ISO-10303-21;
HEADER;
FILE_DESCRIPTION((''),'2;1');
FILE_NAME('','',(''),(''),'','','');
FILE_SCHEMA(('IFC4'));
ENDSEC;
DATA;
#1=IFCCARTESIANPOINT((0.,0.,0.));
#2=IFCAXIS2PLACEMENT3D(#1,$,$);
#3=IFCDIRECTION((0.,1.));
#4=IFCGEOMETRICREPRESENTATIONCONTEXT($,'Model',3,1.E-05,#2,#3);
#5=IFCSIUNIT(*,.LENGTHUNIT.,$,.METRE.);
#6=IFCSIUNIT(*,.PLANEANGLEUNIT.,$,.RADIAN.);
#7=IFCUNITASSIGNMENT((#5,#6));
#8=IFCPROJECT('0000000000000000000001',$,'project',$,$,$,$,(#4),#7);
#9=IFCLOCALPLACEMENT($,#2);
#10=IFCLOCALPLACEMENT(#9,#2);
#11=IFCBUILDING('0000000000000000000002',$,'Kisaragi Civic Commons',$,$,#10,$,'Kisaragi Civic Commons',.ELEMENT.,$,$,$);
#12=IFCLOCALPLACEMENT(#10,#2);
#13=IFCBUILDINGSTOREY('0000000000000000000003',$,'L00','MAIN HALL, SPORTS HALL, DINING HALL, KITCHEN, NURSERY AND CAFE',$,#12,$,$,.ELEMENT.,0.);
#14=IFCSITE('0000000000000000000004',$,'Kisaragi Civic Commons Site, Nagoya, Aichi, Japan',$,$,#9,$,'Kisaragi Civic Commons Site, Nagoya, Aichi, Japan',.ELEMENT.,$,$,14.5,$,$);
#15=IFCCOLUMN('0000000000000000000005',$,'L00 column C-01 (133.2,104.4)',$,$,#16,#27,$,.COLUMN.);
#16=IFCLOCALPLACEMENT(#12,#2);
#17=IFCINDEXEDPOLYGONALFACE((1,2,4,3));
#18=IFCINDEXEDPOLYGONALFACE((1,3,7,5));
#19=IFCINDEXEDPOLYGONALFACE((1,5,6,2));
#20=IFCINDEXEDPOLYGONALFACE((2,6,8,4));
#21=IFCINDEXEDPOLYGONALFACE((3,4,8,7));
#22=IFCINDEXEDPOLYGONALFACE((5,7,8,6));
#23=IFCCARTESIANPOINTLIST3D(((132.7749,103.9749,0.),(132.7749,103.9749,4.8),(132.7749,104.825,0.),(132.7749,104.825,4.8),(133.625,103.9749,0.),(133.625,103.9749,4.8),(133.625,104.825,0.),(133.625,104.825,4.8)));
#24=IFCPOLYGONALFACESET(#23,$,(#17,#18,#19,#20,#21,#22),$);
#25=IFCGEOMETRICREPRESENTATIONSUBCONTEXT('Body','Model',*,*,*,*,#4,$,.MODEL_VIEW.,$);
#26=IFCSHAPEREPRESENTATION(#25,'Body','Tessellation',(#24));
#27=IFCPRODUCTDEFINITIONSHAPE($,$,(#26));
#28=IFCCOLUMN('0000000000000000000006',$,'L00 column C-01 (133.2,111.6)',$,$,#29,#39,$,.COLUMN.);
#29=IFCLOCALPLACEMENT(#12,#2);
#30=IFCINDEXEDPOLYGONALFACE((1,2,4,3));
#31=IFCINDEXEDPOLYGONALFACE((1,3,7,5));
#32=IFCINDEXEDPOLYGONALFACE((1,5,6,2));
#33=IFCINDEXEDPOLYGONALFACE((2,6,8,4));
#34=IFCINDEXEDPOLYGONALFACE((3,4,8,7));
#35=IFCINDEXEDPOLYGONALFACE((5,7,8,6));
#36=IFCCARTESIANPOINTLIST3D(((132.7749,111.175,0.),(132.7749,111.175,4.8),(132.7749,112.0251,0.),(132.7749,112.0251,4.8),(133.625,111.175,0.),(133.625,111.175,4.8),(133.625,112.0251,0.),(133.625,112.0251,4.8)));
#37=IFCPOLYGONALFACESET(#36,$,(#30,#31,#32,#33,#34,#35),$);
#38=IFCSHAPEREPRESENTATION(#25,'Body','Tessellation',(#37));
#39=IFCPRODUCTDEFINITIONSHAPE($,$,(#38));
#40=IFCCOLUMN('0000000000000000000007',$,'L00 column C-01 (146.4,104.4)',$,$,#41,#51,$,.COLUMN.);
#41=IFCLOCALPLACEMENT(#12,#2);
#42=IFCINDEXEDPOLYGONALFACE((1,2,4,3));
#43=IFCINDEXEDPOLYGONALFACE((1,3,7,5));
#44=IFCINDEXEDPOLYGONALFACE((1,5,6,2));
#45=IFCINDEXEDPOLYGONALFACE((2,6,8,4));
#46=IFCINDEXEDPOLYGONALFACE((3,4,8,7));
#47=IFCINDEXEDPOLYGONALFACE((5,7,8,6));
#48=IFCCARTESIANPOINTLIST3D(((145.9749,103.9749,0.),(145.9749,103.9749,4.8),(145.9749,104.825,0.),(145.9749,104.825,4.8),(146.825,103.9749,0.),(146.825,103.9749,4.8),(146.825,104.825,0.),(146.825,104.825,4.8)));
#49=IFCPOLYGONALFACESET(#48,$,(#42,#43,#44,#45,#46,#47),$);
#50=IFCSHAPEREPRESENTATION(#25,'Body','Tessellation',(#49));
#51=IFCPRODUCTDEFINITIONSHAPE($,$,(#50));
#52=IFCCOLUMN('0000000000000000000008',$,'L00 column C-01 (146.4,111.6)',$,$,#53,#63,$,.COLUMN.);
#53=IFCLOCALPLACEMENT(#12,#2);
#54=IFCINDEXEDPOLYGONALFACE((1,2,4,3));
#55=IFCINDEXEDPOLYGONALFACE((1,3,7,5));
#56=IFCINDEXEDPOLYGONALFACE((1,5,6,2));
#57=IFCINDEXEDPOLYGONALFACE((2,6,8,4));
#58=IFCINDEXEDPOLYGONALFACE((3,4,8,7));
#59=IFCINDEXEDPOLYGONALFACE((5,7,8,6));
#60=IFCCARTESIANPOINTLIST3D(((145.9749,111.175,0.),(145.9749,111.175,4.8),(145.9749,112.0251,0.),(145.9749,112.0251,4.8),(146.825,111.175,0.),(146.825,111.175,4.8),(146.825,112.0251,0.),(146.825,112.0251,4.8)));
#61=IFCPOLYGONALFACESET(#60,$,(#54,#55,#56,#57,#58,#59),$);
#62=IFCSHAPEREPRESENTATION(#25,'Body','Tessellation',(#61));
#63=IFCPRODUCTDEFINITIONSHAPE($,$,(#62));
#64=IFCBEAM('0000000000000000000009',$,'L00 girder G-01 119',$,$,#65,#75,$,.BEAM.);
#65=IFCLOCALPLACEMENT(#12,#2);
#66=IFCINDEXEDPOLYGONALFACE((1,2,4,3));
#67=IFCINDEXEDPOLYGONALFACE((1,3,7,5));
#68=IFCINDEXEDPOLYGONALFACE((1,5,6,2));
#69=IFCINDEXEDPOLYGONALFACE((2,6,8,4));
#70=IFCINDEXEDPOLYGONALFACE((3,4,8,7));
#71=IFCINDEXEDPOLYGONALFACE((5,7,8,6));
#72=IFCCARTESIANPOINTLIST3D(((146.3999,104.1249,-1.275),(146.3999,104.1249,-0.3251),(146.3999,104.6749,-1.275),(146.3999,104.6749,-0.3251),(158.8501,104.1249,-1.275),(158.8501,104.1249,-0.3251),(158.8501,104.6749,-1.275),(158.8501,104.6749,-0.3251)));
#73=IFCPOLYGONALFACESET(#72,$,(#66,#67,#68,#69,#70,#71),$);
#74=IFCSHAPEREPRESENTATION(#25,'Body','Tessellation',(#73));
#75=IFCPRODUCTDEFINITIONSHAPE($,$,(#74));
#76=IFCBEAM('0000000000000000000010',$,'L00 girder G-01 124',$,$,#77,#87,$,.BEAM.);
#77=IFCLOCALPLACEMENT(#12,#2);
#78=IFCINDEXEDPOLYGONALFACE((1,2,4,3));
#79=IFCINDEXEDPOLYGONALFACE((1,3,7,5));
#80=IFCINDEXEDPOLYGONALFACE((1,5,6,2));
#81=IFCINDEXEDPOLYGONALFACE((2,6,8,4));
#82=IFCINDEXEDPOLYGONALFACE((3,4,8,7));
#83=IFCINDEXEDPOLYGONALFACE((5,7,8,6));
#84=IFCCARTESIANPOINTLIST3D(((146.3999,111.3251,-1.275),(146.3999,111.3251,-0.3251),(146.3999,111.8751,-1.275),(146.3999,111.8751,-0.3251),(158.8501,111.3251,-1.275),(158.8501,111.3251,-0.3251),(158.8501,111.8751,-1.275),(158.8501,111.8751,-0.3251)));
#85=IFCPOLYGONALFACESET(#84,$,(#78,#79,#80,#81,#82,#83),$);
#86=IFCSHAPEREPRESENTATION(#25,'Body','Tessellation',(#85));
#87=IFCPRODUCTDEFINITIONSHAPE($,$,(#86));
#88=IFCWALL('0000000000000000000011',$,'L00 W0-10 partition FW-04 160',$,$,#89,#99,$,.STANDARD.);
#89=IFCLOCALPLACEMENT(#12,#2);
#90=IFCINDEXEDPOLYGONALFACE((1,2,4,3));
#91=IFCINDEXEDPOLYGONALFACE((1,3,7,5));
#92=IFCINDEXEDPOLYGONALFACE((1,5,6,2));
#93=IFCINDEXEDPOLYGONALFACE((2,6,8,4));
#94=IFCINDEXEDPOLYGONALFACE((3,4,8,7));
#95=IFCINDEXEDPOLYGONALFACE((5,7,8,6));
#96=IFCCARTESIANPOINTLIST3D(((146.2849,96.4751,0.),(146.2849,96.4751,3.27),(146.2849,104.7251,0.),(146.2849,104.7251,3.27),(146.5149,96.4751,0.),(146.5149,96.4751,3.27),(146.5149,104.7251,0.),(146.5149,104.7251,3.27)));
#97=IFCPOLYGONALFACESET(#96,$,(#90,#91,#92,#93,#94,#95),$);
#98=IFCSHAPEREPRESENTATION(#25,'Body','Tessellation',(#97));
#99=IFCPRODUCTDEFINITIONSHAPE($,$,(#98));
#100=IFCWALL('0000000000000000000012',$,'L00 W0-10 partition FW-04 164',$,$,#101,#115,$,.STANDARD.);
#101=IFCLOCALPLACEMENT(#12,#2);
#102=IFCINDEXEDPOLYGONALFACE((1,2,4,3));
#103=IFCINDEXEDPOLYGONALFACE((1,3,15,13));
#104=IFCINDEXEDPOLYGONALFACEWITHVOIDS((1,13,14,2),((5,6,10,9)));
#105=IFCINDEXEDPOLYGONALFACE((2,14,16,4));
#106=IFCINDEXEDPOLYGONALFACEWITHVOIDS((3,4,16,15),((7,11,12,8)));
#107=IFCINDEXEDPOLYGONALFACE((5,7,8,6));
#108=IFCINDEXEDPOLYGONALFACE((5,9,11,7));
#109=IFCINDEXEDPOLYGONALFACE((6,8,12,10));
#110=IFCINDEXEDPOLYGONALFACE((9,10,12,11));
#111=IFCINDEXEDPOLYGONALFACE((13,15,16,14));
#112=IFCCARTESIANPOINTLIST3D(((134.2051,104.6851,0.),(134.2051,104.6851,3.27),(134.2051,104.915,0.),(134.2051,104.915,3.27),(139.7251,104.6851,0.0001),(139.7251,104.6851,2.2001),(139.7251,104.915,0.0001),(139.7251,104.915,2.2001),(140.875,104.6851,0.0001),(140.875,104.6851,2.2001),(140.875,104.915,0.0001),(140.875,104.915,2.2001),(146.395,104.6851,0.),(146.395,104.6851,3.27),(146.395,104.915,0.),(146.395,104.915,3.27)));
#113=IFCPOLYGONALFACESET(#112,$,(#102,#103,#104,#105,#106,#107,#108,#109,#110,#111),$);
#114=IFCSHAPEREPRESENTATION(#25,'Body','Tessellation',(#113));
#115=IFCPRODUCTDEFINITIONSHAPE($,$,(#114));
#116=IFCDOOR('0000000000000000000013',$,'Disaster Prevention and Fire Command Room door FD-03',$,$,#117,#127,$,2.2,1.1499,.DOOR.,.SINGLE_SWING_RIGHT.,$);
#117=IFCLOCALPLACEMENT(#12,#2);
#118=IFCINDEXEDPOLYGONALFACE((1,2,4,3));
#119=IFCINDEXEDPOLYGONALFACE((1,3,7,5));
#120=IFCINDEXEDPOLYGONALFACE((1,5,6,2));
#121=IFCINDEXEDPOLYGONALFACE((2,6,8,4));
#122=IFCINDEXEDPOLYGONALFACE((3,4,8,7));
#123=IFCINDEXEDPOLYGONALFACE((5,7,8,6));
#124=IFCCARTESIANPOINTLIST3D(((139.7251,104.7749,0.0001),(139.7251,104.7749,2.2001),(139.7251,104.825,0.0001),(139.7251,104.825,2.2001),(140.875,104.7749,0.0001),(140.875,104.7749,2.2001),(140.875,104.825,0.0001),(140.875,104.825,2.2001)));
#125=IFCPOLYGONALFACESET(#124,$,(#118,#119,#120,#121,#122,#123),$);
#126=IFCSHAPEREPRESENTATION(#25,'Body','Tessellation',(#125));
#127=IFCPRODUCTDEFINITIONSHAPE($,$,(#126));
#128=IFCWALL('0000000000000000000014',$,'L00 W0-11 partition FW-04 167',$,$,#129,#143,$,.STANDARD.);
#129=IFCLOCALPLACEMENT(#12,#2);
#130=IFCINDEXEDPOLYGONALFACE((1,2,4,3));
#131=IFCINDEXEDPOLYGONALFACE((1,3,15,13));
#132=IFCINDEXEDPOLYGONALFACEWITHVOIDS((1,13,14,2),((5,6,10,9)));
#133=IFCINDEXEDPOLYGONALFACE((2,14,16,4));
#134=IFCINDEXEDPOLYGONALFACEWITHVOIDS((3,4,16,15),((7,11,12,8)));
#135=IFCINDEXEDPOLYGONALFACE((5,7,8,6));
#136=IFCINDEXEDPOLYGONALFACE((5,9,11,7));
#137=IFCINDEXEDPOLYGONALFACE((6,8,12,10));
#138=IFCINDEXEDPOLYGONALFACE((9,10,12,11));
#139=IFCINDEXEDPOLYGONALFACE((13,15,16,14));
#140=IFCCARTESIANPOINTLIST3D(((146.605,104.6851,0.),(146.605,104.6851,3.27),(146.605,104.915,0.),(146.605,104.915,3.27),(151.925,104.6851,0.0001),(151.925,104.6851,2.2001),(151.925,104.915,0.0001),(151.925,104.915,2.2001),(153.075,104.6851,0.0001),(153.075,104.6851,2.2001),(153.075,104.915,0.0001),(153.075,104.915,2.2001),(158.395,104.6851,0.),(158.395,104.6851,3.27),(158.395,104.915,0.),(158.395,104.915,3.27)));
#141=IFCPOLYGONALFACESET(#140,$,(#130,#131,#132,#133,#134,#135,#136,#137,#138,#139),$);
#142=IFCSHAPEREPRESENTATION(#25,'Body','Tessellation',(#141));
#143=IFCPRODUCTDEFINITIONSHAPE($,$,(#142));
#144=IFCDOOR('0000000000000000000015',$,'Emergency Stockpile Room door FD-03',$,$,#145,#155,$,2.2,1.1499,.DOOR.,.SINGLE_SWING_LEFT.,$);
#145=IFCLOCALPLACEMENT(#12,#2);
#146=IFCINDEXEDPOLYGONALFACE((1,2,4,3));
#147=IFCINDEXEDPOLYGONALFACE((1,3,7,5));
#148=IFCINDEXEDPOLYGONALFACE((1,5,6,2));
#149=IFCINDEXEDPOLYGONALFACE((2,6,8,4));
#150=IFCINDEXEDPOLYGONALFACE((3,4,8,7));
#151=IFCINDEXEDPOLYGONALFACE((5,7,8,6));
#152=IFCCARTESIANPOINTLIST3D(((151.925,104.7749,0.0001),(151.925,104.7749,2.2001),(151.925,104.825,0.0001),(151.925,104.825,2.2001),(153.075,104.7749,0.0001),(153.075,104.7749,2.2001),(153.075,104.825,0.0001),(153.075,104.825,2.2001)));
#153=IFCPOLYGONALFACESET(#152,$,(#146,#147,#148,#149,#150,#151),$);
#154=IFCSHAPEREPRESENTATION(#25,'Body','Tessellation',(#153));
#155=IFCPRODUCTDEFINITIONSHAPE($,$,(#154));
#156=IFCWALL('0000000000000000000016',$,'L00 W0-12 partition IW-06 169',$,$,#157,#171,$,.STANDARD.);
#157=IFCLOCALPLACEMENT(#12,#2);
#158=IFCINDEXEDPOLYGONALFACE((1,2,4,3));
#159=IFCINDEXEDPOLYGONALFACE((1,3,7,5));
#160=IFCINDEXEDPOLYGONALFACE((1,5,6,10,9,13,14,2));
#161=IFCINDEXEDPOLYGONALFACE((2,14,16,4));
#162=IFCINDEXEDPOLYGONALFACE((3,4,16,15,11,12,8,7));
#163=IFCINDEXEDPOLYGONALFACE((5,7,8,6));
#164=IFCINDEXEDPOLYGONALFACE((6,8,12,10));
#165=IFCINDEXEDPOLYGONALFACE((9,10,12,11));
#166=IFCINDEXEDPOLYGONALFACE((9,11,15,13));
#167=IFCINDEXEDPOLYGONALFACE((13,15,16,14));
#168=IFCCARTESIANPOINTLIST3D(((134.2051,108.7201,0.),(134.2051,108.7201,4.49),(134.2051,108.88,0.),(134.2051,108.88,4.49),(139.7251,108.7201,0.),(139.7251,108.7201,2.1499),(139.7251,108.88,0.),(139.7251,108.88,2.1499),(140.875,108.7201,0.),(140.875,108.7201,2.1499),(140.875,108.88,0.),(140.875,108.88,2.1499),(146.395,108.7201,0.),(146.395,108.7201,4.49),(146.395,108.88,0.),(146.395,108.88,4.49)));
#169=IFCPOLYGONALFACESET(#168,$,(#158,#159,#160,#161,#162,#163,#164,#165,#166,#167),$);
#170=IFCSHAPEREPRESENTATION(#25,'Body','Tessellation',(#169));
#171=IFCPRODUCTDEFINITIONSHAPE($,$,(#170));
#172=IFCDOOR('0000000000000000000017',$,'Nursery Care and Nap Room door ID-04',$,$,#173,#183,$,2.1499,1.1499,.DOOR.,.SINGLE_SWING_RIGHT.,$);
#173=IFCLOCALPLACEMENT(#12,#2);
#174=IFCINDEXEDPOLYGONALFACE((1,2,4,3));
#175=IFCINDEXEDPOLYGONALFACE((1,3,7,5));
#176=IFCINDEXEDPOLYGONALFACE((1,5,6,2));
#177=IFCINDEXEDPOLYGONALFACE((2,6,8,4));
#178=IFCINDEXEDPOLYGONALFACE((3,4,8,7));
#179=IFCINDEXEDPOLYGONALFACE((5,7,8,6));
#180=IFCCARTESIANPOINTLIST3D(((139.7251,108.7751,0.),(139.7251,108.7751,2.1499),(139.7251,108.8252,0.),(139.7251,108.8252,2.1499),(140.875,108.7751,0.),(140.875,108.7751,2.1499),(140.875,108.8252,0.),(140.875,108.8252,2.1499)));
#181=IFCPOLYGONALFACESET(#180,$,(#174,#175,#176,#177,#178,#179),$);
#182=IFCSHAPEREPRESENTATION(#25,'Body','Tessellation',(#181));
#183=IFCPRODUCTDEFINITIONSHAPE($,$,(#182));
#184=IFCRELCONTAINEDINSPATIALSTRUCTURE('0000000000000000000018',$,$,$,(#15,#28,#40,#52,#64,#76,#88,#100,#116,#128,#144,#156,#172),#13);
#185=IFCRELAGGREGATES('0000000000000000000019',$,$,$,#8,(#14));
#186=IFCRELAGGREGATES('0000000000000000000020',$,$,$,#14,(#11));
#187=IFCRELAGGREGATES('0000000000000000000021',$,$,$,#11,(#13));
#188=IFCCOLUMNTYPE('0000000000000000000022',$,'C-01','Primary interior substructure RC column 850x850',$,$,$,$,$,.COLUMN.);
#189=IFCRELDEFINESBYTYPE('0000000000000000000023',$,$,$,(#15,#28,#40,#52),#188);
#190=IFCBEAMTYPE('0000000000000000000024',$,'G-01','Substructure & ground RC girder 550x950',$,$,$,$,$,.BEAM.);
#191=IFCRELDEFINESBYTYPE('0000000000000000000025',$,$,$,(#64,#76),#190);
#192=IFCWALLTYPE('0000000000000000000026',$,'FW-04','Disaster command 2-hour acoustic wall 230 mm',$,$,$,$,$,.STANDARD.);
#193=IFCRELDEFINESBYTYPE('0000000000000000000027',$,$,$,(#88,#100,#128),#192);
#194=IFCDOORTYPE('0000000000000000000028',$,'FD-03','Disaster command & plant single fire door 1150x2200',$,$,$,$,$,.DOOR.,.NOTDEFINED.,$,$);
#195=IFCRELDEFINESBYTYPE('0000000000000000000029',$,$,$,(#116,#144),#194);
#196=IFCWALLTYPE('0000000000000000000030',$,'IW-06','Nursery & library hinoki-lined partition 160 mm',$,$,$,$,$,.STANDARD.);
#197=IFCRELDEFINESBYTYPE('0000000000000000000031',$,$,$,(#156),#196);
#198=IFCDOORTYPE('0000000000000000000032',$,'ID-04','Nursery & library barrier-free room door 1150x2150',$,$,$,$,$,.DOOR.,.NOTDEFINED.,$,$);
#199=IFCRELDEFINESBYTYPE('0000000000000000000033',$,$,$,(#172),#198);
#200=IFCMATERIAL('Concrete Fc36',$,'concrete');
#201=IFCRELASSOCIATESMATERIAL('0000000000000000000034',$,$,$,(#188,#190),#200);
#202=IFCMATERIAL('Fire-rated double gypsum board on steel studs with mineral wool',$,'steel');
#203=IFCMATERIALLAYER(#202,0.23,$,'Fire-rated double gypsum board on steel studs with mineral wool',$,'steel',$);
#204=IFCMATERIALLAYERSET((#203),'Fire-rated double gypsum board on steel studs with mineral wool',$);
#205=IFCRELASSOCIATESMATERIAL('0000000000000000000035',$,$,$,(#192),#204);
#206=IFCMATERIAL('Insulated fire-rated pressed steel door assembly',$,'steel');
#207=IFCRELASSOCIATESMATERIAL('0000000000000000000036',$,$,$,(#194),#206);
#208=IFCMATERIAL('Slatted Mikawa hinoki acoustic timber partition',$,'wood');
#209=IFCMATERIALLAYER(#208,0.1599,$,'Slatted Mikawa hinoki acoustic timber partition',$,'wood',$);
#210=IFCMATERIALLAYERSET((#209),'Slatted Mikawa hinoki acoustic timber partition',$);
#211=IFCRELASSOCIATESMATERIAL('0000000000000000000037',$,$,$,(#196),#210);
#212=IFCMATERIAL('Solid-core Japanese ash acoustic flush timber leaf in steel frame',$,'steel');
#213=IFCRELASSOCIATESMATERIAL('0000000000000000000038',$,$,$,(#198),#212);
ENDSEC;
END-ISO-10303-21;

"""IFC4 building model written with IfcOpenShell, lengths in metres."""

from ifc_helpers import new_model, si_unit, direction, frame, frame_2d, origin, origin_2d, place, context, subcontext, project, spatial, rectangle, extrude, material, layer, layer_set, material_profile, profile_set, type_object, element, fill, save


model = new_model("IFC4")

# Units and contexts
model_context = context("Model", 3, precision=1e-05, world=origin(), true_north=direction((0.0, 1.0)))
body_context = subcontext(model_context, "Body", "Model", "MODEL_VIEW")
ifc_project = project(units=[si_unit("LENGTHUNIT", "METRE"), si_unit("PLANEANGLEUNIT", "RADIAN")], contexts=[model_context])

# Site, building, storey
site_placement = place(None, origin())
site = spatial("IfcSite", under=ifc_project, at=site_placement, Name="Kisaragi Civic Commons Site, Nagoya, Aichi, Japan", LongName="Kisaragi Civic Commons Site, Nagoya, Aichi, Japan", CompositionType="ELEMENT", RefElevation=14.5)
building_placement = place(site_placement, origin())
building = spatial("IfcBuilding", under=site, at=building_placement, Name="Kisaragi Civic Commons", LongName="Kisaragi Civic Commons", CompositionType="ELEMENT")
storey_placement = place(building_placement, origin())
storey = spatial("IfcBuildingStorey", under=building, at=storey_placement, Name="L00", Description="MAIN HALL, SPORTS HALL, DINING HALL, KITCHEN, NURSERY AND CAFE", CompositionType="ELEMENT", Elevation=0.0)

# Columns
ifc_material_1 = material(Name="Concrete Fc36", Category="concrete")
ifc_material_profile_1 = material_profile(ifc_material_1, rectangle(XDim=0.8501, YDim=0.8501, at=origin_2d()), Name="RC-850x850", Category="concrete")
ifc_profile_set_1 = profile_set([ifc_material_profile_1], Name="Concrete Fc36")
column_type = type_object("IfcColumnType", Name="C-01", Description="Primary interior substructure RC column 850x850", PredefinedType="COLUMN", material=ifc_profile_set_1)
for number, where, z_axis, x_axis, name in (
    (1, (133.2, 104.3999, 0.0), (0.0, 0.0, 1.0), (1.0, 0.0, 0.0), "L00 column C-01 (133.2,104.4)"),
    (2, (133.2, 111.6001, 0.0), (0.0, 0.0, 1.0), (1.0, 0.0, 0.0), "L00 column C-01 (133.2,111.6)"),
    (3, (146.3999, 104.3999, 0.0), (0.0, 0.0, 1.0), (1.0, 0.0, 0.0), "L00 column C-01 (146.4,104.4)"),
    (4, (146.3999, 111.6001, 0.0), (0.0, 0.0, 1.0), (1.0, 0.0, 0.0), "L00 column C-01 (146.4,111.6)"),
):
    element("IfcColumn", number, at=place(storey_placement, frame(where, z_axis=z_axis, x_axis=x_axis)), inside=storey, type_object=column_type, Name=name, PredefinedType="COLUMN", context=body_context, shape_type="SweptSolid", body=[
        extrude(rectangle(XDim=0.8501, YDim=0.8501, at=origin_2d()), origin(), (0.0, 0.0, 1.0), 4.8),
    ])

# Beams
ifc_material_profile_2 = material_profile(ifc_material_1, rectangle(XDim=0.55, YDim=0.95, at=origin_2d()), Name="RC-550x950", Category="concrete")
ifc_profile_set_2 = profile_set([ifc_material_profile_2], Name="Concrete Fc36")
beam_type = type_object("IfcBeamType", Name="G-01", Description="Substructure & ground RC girder 550x950", PredefinedType="BEAM", material=ifc_profile_set_2)
for number, where, z_axis, x_axis, name in (
    (5, (146.3999, 104.3999, -0.8), (1.0, 0.0, 0.0), (0.0, 1.0, 0.0), "L00 girder G-01 119"),
    (6, (146.3999, 111.6001, -0.8), (1.0, 0.0, 0.0), (0.0, 1.0, 0.0), "L00 girder G-01 124"),
):
    element("IfcBeam", number, at=place(storey_placement, frame(where, z_axis=z_axis, x_axis=x_axis)), inside=storey, type_object=beam_type, Name=name, PredefinedType="BEAM", context=body_context, shape_type="SweptSolid", body=[
        extrude(rectangle(XDim=0.55, YDim=0.95, at=origin_2d()), origin(), (0.0, 0.0, 1.0), 12.4502),
    ])

# Wall
ifc_material_2 = material(Name="Fire-rated double gypsum board on steel studs with mineral wool", Category="steel")
ifc_layer_1 = layer(ifc_material_2, 0.23, Name="Fire-rated double gypsum board on steel studs with mineral wool", Category="steel")
ifc_layer_set_1 = layer_set([ifc_layer_1], Name="Fire-rated double gypsum board on steel studs with mineral wool")
wall_type_1 = type_object("IfcWallType", Name="FW-04", Description="Disaster command 2-hour acoustic wall 230 mm", PredefinedType="STANDARD", material=ifc_layer_set_1)
wall_1_placement = place(storey_placement, frame((146.3999, 104.7251, 0.0), z_axis=(0.0, 0.0, 1.0), x_axis=(0.0, -1.0, 0.0)))
element("IfcWall", 7, at=wall_1_placement, inside=storey, type_object=wall_type_1, Name="L00 W0-10 partition FW-04 160", PredefinedType="STANDARD", context=body_context, shape_type="SweptSolid", body=[
    extrude(rectangle(XDim=8.25, YDim=0.23, at=frame_2d((4.125, 0.0))), origin(), (0.0, 0.0, 1.0), 3.27),
])

# Walls, openings, doors
wall_2_placement = place(storey_placement, frame((134.2051, 104.8, 0.0), z_axis=(0.0, 0.0, 1.0), x_axis=(1.0, 0.0, 0.0)))
wall_2 = element("IfcWall", 8, at=wall_2_placement, inside=storey, type_object=wall_type_1, Name="L00 W0-10 partition FW-04 164", PredefinedType="STANDARD", context=body_context, shape_type="SweptSolid", body=[
    extrude(rectangle(XDim=12.1899, YDim=0.23, at=frame_2d((6.095, 0.0))), origin(), (0.0, 0.0, 1.0), 3.27),
])
opening_1_placement = place(wall_2_placement, frame((5.52, 0.0, 0.0)))
opening_1 = element("IfcOpeningElement", 9, at=opening_1_placement, cuts=wall_2, PredefinedType="OPENING", context=body_context, shape_type="SweptSolid", body=[
    extrude(rectangle(XDim=1.1499, YDim=2.2, at=frame_2d((0.575, 1.1001))), frame((0.0, 0.125, 0.0), z_axis=(0.0, -1.0, 0.0), x_axis=(1.0, 0.0, 0.0)), (0.0, 0.0, 1.0), 0.25),
])
ifc_material_3 = material(Name="Insulated fire-rated pressed steel door assembly", Category="steel")
door_type_1 = type_object("IfcDoorType", Name="FD-03", Description="Disaster command & plant single fire door 1150x2200", OperationType="NOTDEFINED", PredefinedType="DOOR", material=ifc_material_3)
door_1_placement = place(opening_1_placement, origin())
door_1 = element("IfcDoor", 10, at=door_1_placement, inside=storey, type_object=door_type_1, Name="Disaster Prevention and Fire Command Room door FD-03", OperationType="SINGLE_SWING_RIGHT", OverallHeight=2.2, OverallWidth=1.1499, PredefinedType="DOOR", context=body_context, shape_type="SweptSolid", body=[
    extrude(rectangle(XDim=1.1499, YDim=2.2, at=frame_2d((0.575, 1.1001))), frame((0.0, 0.0249, 0.0), z_axis=(0.0, -1.0, 0.0), x_axis=(1.0, 0.0, 0.0)), (0.0, 0.0, 1.0), 0.05),
])
fill(opening_1, door_1)
wall_3_placement = place(storey_placement, frame((146.605, 104.8, 0.0), z_axis=(0.0, 0.0, 1.0), x_axis=(1.0, 0.0, 0.0)))
wall_3 = element("IfcWall", 11, at=wall_3_placement, inside=storey, type_object=wall_type_1, Name="L00 W0-11 partition FW-04 167", PredefinedType="STANDARD", context=body_context, shape_type="SweptSolid", body=[
    extrude(rectangle(XDim=11.79, YDim=0.23, at=frame_2d((5.895, 0.0))), origin(), (0.0, 0.0, 1.0), 3.27),
])
opening_2_placement = place(wall_3_placement, frame((5.3201, 0.0, 0.0)))
opening_2 = element("IfcOpeningElement", 12, at=opening_2_placement, cuts=wall_3, PredefinedType="OPENING", context=body_context, shape_type="SweptSolid", body=[
    extrude(rectangle(XDim=1.1499, YDim=2.2, at=frame_2d((0.575, 1.1001))), frame((0.0, 0.125, 0.0), z_axis=(0.0, -1.0, 0.0), x_axis=(1.0, 0.0, 0.0)), (0.0, 0.0, 1.0), 0.25),
])
door_2_placement = place(opening_2_placement, origin())
door_2 = element("IfcDoor", 13, at=door_2_placement, inside=storey, type_object=door_type_1, Name="Emergency Stockpile Room door FD-03", OperationType="SINGLE_SWING_LEFT", OverallHeight=2.2, OverallWidth=1.1499, PredefinedType="DOOR", context=body_context, shape_type="SweptSolid", body=[
    extrude(rectangle(XDim=1.1499, YDim=2.2, at=frame_2d((0.575, 1.1001))), frame((0.0, 0.0249, 0.0), z_axis=(0.0, -1.0, 0.0), x_axis=(1.0, 0.0, 0.0)), (0.0, 0.0, 1.0), 0.05),
])
fill(opening_2, door_2)
ifc_material_4 = material(Name="Slatted Mikawa hinoki acoustic timber partition", Category="wood")
ifc_layer_2 = layer(ifc_material_4, 0.1599, Name="Slatted Mikawa hinoki acoustic timber partition", Category="wood")
ifc_layer_set_2 = layer_set([ifc_layer_2], Name="Slatted Mikawa hinoki acoustic timber partition")
wall_type_2 = type_object("IfcWallType", Name="IW-06", Description="Nursery & library hinoki-lined partition 160 mm", PredefinedType="STANDARD", material=ifc_layer_set_2)
wall_4_placement = place(storey_placement, frame((146.395, 108.8, 0.0), z_axis=(0.0, 0.0, 1.0), x_axis=(-1.0, 0.0, 0.0)))
wall_4 = element("IfcWall", 14, at=wall_4_placement, inside=storey, type_object=wall_type_2, Name="L00 W0-12 partition IW-06 169", PredefinedType="STANDARD", context=body_context, shape_type="SweptSolid", body=[
    extrude(rectangle(XDim=12.1899, YDim=0.1599, at=frame_2d((6.095, 0.0))), origin(), (0.0, 0.0, 1.0), 4.49),
])
opening_3_placement = place(wall_4_placement, frame((5.52, 0.0, 0.0)))
opening_3 = element("IfcOpeningElement", 15, at=opening_3_placement, cuts=wall_4, PredefinedType="OPENING", context=body_context, shape_type="SweptSolid", body=[
    extrude(rectangle(XDim=1.1499, YDim=2.1499, at=frame_2d((0.575, 1.075))), frame((0.0, 0.0898, 0.0), z_axis=(0.0, -1.0, 0.0), x_axis=(1.0, 0.0, 0.0)), (0.0, 0.0, 1.0), 0.1799),
])
ifc_material_5 = material(Name="Solid-core Japanese ash acoustic flush timber leaf in steel frame", Category="steel")
door_type_2 = type_object("IfcDoorType", Name="ID-04", Description="Nursery & library barrier-free room door 1150x2150", OperationType="NOTDEFINED", PredefinedType="DOOR", material=ifc_material_5)
door_3_placement = place(opening_3_placement, origin())
door_3 = element("IfcDoor", 16, at=door_3_placement, inside=storey, type_object=door_type_2, Name="Nursery Care and Nap Room door ID-04", OperationType="SINGLE_SWING_RIGHT", OverallHeight=2.1499, OverallWidth=1.1499, PredefinedType="DOOR", context=body_context, shape_type="SweptSolid", body=[
    extrude(rectangle(XDim=1.1499, YDim=2.1499, at=frame_2d((0.575, 1.075))), frame((0.0, 0.0249, 0.0), z_axis=(0.0, -1.0, 0.0), x_axis=(1.0, 0.0, 0.0)), (0.0, 0.0, 1.0), 0.05),
])
fill(opening_3, door_3)

save(model, "model.ifc")
